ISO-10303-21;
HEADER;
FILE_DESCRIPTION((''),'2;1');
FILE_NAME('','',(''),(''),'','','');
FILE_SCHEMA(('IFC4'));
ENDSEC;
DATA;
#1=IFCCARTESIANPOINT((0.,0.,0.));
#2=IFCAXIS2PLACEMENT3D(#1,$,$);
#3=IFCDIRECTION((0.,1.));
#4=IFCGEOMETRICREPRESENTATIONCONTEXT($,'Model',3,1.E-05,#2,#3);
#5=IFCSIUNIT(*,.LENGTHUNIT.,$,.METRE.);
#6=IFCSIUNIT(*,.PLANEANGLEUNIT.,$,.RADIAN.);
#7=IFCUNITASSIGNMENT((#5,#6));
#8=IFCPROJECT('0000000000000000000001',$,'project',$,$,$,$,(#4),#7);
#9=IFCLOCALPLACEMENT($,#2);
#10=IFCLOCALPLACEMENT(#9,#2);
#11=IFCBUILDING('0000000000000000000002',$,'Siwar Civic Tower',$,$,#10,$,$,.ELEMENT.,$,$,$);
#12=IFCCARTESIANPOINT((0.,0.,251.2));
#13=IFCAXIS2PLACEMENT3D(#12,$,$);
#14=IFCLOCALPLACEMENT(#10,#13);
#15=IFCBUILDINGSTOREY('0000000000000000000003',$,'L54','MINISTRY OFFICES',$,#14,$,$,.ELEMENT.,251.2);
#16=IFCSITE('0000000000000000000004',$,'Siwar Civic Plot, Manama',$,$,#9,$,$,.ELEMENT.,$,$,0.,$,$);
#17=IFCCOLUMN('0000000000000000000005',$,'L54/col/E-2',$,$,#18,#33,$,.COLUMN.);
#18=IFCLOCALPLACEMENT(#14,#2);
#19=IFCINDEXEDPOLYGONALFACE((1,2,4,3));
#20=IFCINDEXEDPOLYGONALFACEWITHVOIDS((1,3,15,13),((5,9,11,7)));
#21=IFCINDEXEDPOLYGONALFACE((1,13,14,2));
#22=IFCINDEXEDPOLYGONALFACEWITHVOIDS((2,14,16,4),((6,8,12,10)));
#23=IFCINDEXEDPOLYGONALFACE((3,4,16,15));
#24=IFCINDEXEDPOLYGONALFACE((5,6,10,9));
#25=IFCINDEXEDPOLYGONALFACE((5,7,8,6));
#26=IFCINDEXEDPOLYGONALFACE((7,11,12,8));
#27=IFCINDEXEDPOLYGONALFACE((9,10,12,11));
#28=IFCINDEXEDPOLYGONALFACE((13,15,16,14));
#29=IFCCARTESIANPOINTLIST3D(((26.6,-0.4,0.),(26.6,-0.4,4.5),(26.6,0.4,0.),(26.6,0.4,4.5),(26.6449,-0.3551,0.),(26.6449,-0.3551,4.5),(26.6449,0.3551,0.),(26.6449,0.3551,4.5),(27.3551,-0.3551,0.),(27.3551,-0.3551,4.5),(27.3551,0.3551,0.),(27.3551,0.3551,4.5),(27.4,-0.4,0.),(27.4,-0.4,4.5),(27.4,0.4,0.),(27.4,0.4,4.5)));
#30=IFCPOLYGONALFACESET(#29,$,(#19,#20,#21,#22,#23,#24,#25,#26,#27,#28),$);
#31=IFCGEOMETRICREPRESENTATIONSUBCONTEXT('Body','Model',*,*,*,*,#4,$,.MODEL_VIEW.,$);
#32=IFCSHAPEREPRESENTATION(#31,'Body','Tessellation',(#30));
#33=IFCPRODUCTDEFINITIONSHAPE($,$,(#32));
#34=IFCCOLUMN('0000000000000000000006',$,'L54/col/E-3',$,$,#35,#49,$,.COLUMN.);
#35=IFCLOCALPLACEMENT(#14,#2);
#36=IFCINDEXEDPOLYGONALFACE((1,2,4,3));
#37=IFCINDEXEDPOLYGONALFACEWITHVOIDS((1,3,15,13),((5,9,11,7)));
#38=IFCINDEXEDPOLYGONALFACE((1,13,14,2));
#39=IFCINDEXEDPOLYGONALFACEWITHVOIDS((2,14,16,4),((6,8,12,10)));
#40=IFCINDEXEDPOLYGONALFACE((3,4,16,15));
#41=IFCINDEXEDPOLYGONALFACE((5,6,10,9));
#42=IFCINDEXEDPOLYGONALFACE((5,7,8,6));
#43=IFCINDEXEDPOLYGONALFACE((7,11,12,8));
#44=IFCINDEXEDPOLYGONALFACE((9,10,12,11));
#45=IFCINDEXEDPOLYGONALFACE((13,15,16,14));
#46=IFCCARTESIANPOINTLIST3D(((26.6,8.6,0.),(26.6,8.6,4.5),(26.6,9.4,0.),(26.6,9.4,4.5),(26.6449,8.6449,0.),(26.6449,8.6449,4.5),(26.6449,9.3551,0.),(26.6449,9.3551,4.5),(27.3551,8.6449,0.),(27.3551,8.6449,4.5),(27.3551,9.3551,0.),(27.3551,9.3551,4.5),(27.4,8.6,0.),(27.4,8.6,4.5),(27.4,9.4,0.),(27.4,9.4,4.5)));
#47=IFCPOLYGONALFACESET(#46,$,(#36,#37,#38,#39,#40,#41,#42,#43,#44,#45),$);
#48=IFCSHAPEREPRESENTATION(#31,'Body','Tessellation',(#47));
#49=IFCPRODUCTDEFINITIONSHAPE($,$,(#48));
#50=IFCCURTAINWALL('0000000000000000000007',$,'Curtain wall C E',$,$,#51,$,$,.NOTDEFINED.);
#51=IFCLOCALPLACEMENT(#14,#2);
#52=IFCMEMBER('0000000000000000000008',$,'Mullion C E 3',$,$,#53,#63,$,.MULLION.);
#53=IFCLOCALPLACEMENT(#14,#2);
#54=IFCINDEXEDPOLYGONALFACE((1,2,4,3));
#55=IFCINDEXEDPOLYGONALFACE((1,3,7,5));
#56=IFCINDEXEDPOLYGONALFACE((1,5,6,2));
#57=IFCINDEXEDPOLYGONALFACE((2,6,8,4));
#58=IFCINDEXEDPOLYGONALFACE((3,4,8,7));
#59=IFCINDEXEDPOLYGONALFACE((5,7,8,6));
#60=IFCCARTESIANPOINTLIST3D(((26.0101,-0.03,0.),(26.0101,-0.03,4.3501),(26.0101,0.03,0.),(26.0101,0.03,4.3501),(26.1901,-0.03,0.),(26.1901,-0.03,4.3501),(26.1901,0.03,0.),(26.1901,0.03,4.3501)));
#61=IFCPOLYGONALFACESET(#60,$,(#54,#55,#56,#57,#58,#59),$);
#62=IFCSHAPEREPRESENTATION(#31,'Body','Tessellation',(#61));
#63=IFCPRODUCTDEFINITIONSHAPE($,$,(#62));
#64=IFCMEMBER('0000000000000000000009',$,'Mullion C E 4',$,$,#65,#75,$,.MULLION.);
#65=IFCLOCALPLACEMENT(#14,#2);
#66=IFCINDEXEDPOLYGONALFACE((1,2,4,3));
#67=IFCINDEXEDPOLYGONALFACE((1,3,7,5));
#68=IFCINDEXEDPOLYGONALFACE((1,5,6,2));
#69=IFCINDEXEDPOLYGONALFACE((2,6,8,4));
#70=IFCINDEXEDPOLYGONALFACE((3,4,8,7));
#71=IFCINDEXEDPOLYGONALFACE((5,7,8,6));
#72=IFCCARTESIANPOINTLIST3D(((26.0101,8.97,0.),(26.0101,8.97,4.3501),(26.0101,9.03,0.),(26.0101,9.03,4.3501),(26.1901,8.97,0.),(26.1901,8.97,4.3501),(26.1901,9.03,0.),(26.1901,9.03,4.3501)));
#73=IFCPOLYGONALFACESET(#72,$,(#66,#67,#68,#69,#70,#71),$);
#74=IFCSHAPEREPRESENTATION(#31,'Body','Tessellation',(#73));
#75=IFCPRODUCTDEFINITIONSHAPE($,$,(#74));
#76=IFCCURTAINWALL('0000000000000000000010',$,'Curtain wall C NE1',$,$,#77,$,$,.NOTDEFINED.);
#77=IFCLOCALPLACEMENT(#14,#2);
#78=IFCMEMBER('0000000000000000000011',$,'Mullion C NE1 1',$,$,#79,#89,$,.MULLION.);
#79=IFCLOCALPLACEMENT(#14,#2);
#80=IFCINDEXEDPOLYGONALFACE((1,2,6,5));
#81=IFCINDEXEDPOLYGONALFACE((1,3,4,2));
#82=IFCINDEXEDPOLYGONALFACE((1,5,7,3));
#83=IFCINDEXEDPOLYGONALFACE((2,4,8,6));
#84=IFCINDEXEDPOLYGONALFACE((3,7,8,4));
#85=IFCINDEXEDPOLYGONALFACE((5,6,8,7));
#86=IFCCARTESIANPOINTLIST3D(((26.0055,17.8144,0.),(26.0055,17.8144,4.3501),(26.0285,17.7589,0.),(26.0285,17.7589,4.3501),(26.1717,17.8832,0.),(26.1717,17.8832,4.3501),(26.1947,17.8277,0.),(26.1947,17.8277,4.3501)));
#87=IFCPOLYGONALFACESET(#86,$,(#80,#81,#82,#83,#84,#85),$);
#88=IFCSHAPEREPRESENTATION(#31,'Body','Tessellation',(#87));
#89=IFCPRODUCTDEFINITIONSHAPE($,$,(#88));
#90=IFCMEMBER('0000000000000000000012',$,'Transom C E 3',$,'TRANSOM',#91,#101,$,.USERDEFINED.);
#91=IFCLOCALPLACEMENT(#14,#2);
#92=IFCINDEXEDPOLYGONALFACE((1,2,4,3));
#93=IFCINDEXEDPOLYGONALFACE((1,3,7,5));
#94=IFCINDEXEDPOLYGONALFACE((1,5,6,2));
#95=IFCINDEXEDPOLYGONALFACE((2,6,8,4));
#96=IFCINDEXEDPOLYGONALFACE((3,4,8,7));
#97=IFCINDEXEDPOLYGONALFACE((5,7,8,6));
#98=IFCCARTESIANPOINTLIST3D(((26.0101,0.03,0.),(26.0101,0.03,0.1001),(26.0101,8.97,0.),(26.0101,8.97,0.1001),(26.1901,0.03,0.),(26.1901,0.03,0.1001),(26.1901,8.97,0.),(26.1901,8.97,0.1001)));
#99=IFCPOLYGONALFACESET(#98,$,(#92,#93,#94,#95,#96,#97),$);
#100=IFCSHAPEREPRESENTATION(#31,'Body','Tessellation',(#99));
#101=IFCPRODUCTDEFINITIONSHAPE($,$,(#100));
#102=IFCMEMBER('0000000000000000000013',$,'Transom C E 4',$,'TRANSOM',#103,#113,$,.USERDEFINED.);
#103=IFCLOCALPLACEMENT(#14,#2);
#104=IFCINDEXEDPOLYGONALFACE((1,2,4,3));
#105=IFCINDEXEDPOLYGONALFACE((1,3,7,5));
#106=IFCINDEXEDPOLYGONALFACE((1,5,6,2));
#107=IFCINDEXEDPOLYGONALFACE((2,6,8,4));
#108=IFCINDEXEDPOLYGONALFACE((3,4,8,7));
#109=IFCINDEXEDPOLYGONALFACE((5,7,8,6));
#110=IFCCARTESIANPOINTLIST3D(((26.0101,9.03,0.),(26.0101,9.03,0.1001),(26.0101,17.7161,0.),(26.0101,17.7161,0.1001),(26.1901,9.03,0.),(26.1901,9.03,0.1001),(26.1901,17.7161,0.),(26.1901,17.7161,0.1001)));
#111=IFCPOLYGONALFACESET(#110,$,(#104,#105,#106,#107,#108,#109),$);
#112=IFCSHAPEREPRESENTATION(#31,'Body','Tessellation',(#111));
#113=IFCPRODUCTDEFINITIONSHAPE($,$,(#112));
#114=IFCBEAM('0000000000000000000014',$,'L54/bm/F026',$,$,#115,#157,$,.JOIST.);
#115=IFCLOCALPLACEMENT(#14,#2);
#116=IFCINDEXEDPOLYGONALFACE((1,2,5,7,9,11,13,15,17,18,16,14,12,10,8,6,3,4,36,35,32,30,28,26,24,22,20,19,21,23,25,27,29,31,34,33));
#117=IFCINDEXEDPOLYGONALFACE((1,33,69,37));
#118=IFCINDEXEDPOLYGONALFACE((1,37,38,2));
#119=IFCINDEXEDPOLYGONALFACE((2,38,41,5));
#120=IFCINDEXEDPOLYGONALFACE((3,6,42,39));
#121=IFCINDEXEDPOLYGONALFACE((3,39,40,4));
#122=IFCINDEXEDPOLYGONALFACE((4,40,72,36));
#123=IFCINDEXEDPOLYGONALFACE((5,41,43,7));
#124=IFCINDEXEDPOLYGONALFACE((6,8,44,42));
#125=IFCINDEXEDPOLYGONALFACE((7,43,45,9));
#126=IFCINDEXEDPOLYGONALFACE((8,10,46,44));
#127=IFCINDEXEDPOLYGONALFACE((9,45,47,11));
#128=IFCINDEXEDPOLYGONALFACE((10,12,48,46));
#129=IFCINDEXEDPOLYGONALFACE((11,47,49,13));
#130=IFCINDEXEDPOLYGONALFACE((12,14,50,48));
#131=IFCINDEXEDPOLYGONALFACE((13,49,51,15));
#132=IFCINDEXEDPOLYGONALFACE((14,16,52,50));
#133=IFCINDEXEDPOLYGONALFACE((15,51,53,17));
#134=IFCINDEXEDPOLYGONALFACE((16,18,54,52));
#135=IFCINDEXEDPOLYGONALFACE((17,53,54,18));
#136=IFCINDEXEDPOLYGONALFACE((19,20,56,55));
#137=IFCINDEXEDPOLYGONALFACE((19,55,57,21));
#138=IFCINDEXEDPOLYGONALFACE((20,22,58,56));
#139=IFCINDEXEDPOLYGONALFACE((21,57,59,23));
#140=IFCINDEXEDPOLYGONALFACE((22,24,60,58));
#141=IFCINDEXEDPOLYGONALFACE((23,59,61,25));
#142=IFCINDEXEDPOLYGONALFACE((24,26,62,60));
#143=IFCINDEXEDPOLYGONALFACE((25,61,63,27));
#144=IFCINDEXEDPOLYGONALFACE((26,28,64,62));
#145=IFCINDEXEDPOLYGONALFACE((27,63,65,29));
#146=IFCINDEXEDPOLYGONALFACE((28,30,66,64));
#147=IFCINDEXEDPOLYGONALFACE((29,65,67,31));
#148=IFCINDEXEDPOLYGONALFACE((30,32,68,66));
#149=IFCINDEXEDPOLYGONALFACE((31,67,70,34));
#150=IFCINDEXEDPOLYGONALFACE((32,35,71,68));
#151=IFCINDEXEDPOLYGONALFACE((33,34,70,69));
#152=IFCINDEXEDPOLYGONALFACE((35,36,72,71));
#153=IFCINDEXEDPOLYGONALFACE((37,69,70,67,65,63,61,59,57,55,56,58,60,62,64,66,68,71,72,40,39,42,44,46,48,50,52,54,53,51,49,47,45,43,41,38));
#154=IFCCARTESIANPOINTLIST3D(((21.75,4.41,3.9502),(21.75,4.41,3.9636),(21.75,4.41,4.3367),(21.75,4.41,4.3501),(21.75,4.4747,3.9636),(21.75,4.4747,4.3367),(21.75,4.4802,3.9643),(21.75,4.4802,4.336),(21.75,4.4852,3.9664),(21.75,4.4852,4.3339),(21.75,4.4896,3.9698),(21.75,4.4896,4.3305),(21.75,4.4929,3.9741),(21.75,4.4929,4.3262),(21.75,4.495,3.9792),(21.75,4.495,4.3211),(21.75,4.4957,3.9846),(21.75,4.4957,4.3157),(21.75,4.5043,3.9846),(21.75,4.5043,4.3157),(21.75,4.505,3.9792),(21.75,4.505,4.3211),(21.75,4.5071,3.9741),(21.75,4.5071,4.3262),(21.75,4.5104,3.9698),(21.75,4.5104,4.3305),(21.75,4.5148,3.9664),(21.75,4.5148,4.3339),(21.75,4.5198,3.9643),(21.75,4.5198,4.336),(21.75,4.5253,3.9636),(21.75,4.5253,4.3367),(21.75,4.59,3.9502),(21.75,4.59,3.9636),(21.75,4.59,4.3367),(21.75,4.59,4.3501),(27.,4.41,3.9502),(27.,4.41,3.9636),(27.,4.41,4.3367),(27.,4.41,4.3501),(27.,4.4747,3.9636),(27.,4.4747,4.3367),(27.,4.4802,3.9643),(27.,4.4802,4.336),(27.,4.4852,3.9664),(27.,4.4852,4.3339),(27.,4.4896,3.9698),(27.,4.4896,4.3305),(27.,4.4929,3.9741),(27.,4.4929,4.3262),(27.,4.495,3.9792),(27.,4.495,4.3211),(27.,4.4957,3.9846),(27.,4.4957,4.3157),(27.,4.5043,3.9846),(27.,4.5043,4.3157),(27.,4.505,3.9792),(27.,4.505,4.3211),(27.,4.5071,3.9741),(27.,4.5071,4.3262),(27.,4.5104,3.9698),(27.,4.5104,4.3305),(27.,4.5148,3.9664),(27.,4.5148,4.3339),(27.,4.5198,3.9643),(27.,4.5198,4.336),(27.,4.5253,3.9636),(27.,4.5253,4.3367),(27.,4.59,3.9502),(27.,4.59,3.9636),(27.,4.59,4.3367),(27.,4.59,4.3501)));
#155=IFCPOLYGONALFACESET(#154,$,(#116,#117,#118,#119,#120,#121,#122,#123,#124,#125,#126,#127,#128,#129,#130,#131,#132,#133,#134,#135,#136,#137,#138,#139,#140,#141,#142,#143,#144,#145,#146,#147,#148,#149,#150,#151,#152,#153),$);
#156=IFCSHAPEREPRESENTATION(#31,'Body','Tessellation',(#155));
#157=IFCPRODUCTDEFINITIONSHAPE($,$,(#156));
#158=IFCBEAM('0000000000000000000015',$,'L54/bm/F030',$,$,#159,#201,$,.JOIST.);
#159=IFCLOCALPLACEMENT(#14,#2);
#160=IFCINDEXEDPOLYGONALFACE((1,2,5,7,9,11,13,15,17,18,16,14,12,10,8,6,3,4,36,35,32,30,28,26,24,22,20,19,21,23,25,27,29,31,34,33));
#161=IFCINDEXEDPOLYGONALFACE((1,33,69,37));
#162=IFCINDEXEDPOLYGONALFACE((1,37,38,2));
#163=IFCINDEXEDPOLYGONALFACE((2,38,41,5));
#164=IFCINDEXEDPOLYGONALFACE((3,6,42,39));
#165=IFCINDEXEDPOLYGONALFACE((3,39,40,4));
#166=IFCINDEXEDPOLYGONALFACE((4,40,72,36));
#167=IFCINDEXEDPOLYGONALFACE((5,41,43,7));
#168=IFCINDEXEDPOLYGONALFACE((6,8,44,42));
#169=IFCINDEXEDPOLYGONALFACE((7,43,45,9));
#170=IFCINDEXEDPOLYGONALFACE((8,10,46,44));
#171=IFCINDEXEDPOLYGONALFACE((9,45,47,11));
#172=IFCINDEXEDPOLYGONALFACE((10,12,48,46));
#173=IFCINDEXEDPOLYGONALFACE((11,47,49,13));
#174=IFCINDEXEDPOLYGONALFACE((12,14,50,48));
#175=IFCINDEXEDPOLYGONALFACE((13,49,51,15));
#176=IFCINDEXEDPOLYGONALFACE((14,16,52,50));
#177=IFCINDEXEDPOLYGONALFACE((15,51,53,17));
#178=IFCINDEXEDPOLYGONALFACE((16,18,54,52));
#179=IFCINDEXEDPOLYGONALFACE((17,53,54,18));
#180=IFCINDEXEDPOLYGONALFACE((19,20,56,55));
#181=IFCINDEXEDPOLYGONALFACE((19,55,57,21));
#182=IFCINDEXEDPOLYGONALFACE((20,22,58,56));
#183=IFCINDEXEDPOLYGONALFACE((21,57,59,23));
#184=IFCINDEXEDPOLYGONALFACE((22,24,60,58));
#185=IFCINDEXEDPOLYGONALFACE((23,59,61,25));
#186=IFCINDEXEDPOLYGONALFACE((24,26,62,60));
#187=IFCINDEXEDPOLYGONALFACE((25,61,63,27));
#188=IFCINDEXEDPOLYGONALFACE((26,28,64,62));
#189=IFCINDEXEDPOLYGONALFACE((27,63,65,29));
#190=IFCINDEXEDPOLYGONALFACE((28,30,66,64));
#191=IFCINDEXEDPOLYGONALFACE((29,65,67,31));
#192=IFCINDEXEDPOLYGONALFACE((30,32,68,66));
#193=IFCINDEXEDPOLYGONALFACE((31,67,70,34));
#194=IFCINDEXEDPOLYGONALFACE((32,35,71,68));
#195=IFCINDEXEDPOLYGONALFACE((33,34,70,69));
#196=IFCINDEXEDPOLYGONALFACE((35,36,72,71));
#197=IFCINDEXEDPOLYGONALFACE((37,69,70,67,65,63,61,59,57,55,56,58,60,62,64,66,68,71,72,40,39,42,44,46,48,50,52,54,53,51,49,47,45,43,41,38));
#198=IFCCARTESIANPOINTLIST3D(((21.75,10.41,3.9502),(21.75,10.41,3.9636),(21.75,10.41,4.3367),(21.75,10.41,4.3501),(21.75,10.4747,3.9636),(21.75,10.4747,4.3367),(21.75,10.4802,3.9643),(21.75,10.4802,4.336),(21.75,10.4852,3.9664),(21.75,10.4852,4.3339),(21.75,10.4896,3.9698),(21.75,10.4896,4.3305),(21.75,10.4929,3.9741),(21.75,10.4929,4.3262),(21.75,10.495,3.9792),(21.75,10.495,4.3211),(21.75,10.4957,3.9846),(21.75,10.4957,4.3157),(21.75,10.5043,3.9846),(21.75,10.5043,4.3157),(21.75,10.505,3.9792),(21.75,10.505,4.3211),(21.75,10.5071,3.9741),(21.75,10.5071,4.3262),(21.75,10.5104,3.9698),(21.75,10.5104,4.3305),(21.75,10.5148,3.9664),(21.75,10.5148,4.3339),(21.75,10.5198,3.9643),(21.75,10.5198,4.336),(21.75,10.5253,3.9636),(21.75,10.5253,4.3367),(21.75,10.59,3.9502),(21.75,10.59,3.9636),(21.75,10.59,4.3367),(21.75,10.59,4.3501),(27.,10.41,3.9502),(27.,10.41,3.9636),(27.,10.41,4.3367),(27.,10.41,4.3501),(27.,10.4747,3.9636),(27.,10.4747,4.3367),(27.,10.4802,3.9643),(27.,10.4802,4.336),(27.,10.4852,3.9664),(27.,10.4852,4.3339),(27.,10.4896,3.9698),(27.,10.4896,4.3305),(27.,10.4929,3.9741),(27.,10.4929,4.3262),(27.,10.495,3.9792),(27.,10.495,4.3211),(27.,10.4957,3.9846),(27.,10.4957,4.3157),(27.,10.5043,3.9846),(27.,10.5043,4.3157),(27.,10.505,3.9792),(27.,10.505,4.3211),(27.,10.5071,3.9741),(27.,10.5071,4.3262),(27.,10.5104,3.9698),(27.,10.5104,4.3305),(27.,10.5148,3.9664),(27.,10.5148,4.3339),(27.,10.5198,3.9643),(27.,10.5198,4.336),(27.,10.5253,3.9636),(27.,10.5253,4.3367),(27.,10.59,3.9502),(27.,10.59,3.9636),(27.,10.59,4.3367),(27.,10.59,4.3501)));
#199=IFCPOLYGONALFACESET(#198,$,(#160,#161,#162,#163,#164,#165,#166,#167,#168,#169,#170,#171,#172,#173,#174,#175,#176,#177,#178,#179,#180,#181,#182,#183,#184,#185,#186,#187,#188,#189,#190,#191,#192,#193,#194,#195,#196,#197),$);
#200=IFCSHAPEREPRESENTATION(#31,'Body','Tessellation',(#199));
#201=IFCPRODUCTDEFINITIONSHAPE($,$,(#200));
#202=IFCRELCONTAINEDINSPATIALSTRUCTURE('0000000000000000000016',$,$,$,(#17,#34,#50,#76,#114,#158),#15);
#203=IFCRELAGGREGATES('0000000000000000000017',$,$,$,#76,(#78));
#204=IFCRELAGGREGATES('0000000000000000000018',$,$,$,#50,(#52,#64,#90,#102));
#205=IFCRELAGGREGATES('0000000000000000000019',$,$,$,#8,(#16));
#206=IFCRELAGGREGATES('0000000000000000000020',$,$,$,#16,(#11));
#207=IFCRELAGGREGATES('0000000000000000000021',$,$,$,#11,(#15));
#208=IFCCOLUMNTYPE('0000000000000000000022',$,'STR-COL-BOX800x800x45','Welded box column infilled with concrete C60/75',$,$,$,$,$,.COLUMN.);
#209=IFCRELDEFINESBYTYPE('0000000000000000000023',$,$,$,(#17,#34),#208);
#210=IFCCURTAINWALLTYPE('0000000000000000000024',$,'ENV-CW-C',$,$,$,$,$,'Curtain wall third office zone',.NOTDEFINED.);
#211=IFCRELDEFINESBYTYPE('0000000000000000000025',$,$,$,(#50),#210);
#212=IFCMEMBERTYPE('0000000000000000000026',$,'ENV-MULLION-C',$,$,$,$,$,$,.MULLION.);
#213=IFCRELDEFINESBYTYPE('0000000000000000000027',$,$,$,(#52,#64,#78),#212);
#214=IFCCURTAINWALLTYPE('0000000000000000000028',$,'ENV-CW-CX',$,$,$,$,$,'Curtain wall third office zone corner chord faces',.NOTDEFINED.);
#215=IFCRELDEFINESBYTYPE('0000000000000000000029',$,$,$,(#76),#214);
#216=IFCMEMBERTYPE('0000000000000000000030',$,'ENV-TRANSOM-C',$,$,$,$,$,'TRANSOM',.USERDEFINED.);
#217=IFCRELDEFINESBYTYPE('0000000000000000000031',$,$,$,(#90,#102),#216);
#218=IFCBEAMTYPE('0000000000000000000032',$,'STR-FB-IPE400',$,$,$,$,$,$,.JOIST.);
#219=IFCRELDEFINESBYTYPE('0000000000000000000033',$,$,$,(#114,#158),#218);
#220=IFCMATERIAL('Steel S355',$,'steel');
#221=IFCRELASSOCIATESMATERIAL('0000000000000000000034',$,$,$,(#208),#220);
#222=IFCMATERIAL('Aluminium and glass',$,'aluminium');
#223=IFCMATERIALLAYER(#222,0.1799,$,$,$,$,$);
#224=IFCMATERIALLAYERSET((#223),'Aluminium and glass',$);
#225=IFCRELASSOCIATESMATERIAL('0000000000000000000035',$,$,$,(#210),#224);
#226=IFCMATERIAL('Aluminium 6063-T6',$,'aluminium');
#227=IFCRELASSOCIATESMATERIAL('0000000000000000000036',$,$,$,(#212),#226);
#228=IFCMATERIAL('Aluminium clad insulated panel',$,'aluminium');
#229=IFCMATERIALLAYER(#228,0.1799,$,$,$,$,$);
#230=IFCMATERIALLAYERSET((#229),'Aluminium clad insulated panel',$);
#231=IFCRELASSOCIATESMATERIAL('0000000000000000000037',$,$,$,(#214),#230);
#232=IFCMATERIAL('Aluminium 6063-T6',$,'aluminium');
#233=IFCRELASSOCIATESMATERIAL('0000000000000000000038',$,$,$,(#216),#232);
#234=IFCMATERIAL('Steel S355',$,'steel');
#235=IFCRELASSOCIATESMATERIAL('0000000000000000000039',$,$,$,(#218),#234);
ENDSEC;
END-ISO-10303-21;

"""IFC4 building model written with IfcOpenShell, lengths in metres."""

from ifc_helpers import new_model, si_unit, direction, frame, origin, origin_2d, place, context, subcontext, project, spatial, rectangle, hollow_rectangle, i_section, extrude, material, layer, layer_set, material_profile, profile_set, type_object, element, aggregate, save


model = new_model("IFC4")

# Units and contexts
model_context = context("Model", 3, precision=1e-05, world=origin(), true_north=direction((0.0, 1.0)))
body_context = subcontext(model_context, "Body", "Model", "MODEL_VIEW")
ifc_project = project(units=[si_unit("LENGTHUNIT", "METRE"), si_unit("PLANEANGLEUNIT", "RADIAN")], contexts=[model_context])

# Site, building, storey
site_placement = place(None, origin())
site = spatial("IfcSite", under=ifc_project, at=site_placement, Name="Siwar Civic Plot, Manama", CompositionType="ELEMENT", RefElevation=0.0)
building_placement = place(site_placement, origin())
building = spatial("IfcBuilding", under=site, at=building_placement, Name="Siwar Civic Tower", CompositionType="ELEMENT")
storey_placement = place(building_placement, frame((0.0, 0.0, 251.2)))
storey = spatial("IfcBuildingStorey", under=building, at=storey_placement, Name="L54", Description="MINISTRY OFFICES", CompositionType="ELEMENT", Elevation=251.2)

# Columns
ifc_material_1 = material(Name="Steel S355", Category="steel")
ifc_material_profile_1 = material_profile(ifc_material_1, hollow_rectangle(XDim=0.8, YDim=0.8, WallThickness=0.0449, at=origin_2d()), Name="BOX800x800x45")
ifc_profile_set_1 = profile_set([ifc_material_profile_1], Name="Steel S355")
column_type = type_object("IfcColumnType", Name="STR-COL-BOX800x800x45", Description="Welded box column infilled with concrete C60/75", PredefinedType="COLUMN", material=ifc_profile_set_1)
for number, where, z_axis, x_axis, name in (
    (1, (27.0, 0.0, 0.0), (0.0, 0.0, 1.0), (1.0, 0.0, 0.0), "L54/col/E-2"),
    (2, (27.0, 9.0, 0.0), (0.0, 0.0, 1.0), (1.0, 0.0, 0.0), "L54/col/E-3"),
):
    element("IfcColumn", number, at=place(storey_placement, frame(where, z_axis=z_axis, x_axis=x_axis)), inside=storey, type_object=column_type, Name=name, PredefinedType="COLUMN", context=body_context, shape_type="SweptSolid", body=[
        extrude(hollow_rectangle(XDim=0.8, YDim=0.8, WallThickness=0.0449, at=origin_2d()), origin(), (0.0, 0.0, 1.0), 4.5),
    ])

# Curtain wall, members
ifc_material_2 = material(Name="Aluminium and glass", Category="aluminium")
ifc_layer_1 = layer(ifc_material_2, 0.1799)
ifc_layer_set_1 = layer_set([ifc_layer_1], Name="Aluminium and glass")
curtain_wall_type_1 = type_object("IfcCurtainWallType", Name="ENV-CW-C", ElementType="Curtain wall third office zone", PredefinedType="NOTDEFINED", material=ifc_layer_set_1)
curtain_wall_1_placement = place(storey_placement, origin())
curtain_wall_1 = element("IfcCurtainWall", 3, at=curtain_wall_1_placement, inside=storey, type_object=curtain_wall_type_1, Name="Curtain wall C E", PredefinedType="NOTDEFINED")
ifc_material_3 = material(Name="Aluminium 6063-T6", Category="aluminium")
ifc_material_profile_2 = material_profile(ifc_material_3, rectangle(XDim=0.1799, YDim=0.0601, at=origin_2d()), Name="AL 180x60")
ifc_profile_set_2 = profile_set([ifc_material_profile_2], Name="Aluminium 6063-T6")
member_type_1 = type_object("IfcMemberType", Name="ENV-MULLION-C", PredefinedType="MULLION", material=ifc_profile_set_2)
member_1_placement = place(storey_placement, frame((26.1001, 0.0, 0.0), z_axis=(0.0, 0.0, 1.0), x_axis=(-1.0, 0.0, 0.0)))
member_1 = element("IfcMember", 4, at=member_1_placement, type_object=member_type_1, Name="Mullion C E 3", PredefinedType="MULLION", context=body_context, shape_type="SweptSolid", body=[
    extrude(rectangle(XDim=0.1799, YDim=0.0601, at=origin_2d()), origin(), (0.0, 0.0, 1.0), 4.3501),
])
member_2_placement = place(storey_placement, frame((26.1001, 9.0, 0.0), z_axis=(0.0, 0.0, 1.0), x_axis=(-1.0, 0.0, 0.0)))
member_2 = element("IfcMember", 5, at=member_2_placement, type_object=member_type_1, Name="Mullion C E 4", PredefinedType="MULLION", context=body_context, shape_type="SweptSolid", body=[
    extrude(rectangle(XDim=0.1799, YDim=0.0601, at=origin_2d()), origin(), (0.0, 0.0, 1.0), 4.3501),
])

# Curtain wall, member
ifc_material_4 = material(Name="Aluminium clad insulated panel", Category="aluminium")
ifc_layer_2 = layer(ifc_material_4, 0.1799)
ifc_layer_set_2 = layer_set([ifc_layer_2], Name="Aluminium clad insulated panel")
curtain_wall_type_2 = type_object("IfcCurtainWallType", Name="ENV-CW-CX", ElementType="Curtain wall third office zone corner chord faces", PredefinedType="NOTDEFINED", material=ifc_layer_set_2)
curtain_wall_2_placement = place(storey_placement, origin())
curtain_wall_2 = element("IfcCurtainWall", 6, at=curtain_wall_2_placement, inside=storey, type_object=curtain_wall_type_2, Name="Curtain wall C NE1", PredefinedType="NOTDEFINED")
member_3_placement = place(storey_placement, frame((26.1001, 17.821, 0.0), z_axis=(0.0, 0.0, 1.0), x_axis=(-0.92388, -0.382683, 0.0)))
member_3 = element("IfcMember", 7, at=member_3_placement, type_object=member_type_1, Name="Mullion C NE1 1", PredefinedType="MULLION", context=body_context, shape_type="SweptSolid", body=[
    extrude(rectangle(XDim=0.1799, YDim=0.0601, at=origin_2d()), origin(), (0.0, 0.0, 1.0), 4.3501),
])
aggregate(curtain_wall_2, [member_3])

# Members
ifc_material_5 = material(Name="Aluminium 6063-T6", Category="aluminium")
ifc_material_profile_3 = material_profile(ifc_material_5, rectangle(XDim=0.1799, YDim=0.1001, at=origin_2d()), Name="AL 180x100")
ifc_profile_set_3 = profile_set([ifc_material_profile_3], Name="Aluminium 6063-T6")
member_type_2 = type_object("IfcMemberType", Name="ENV-TRANSOM-C", ElementType="TRANSOM", PredefinedType="USERDEFINED", material=ifc_profile_set_3)
member_4_placement = place(storey_placement, frame((26.1001, 0.03, 0.05), z_axis=(0.0, 1.0, 0.0), x_axis=(-1.0, 0.0, 0.0)))
member_4 = element("IfcMember", 8, at=member_4_placement, type_object=member_type_2, Name="Transom C E 3", ObjectType="TRANSOM", PredefinedType="USERDEFINED", context=body_context, shape_type="SweptSolid", body=[
    extrude(rectangle(XDim=0.1799, YDim=0.1001, at=origin_2d()), origin(), (0.0, 0.0, 1.0), 8.9399),
])
member_5_placement = place(storey_placement, frame((26.1001, 9.03, 0.05), z_axis=(0.0, 1.0, 0.0), x_axis=(-1.0, 0.0, 0.0)))
member_5 = element("IfcMember", 9, at=member_5_placement, type_object=member_type_2, Name="Transom C E 4", ObjectType="TRANSOM", PredefinedType="USERDEFINED", context=body_context, shape_type="SweptSolid", body=[
    extrude(rectangle(XDim=0.1799, YDim=0.1001, at=origin_2d()), origin(), (0.0, 0.0, 1.0), 8.686),
])

# Beams
ifc_material_6 = material(Name="Steel S355", Category="steel")
ifc_material_profile_4 = material_profile(ifc_material_6, i_section(OverallWidth=0.1799, OverallDepth=0.3999, WebThickness=0.0085, FlangeThickness=0.0134, FilletRadius=0.021, at=origin_2d()), Name="IPE400")
ifc_profile_set_4 = profile_set([ifc_material_profile_4], Name="Steel S355")
beam_type_1 = type_object("IfcBeamType", Name="STR-FB-IPE400", PredefinedType="JOIST", material=ifc_profile_set_4)
for number, where, z_axis, x_axis, name in (
    (10, (21.75, 4.5, 4.1501), (1.0, 0.0, 0.0), (0.0, 1.0, 0.0), "L54/bm/F026"),
    (11, (21.75, 10.5, 4.1501), (1.0, 0.0, 0.0), (0.0, 1.0, 0.0), "L54/bm/F030"),
):
    element("IfcBeam", number, at=place(storey_placement, frame(where, z_axis=z_axis, x_axis=x_axis)), inside=storey, type_object=beam_type_1, Name=name, PredefinedType="JOIST", context=body_context, shape_type="SweptSolid", body=[
        extrude(i_section(OverallWidth=0.1799, OverallDepth=0.3999, WebThickness=0.0085, FlangeThickness=0.0134, FilletRadius=0.021, at=origin_2d()), origin(), (0.0, 0.0, 1.0), 5.25),
    ])

aggregate(curtain_wall_1, [member_1, member_2, member_4, member_5])

save(model, "model.ifc")
